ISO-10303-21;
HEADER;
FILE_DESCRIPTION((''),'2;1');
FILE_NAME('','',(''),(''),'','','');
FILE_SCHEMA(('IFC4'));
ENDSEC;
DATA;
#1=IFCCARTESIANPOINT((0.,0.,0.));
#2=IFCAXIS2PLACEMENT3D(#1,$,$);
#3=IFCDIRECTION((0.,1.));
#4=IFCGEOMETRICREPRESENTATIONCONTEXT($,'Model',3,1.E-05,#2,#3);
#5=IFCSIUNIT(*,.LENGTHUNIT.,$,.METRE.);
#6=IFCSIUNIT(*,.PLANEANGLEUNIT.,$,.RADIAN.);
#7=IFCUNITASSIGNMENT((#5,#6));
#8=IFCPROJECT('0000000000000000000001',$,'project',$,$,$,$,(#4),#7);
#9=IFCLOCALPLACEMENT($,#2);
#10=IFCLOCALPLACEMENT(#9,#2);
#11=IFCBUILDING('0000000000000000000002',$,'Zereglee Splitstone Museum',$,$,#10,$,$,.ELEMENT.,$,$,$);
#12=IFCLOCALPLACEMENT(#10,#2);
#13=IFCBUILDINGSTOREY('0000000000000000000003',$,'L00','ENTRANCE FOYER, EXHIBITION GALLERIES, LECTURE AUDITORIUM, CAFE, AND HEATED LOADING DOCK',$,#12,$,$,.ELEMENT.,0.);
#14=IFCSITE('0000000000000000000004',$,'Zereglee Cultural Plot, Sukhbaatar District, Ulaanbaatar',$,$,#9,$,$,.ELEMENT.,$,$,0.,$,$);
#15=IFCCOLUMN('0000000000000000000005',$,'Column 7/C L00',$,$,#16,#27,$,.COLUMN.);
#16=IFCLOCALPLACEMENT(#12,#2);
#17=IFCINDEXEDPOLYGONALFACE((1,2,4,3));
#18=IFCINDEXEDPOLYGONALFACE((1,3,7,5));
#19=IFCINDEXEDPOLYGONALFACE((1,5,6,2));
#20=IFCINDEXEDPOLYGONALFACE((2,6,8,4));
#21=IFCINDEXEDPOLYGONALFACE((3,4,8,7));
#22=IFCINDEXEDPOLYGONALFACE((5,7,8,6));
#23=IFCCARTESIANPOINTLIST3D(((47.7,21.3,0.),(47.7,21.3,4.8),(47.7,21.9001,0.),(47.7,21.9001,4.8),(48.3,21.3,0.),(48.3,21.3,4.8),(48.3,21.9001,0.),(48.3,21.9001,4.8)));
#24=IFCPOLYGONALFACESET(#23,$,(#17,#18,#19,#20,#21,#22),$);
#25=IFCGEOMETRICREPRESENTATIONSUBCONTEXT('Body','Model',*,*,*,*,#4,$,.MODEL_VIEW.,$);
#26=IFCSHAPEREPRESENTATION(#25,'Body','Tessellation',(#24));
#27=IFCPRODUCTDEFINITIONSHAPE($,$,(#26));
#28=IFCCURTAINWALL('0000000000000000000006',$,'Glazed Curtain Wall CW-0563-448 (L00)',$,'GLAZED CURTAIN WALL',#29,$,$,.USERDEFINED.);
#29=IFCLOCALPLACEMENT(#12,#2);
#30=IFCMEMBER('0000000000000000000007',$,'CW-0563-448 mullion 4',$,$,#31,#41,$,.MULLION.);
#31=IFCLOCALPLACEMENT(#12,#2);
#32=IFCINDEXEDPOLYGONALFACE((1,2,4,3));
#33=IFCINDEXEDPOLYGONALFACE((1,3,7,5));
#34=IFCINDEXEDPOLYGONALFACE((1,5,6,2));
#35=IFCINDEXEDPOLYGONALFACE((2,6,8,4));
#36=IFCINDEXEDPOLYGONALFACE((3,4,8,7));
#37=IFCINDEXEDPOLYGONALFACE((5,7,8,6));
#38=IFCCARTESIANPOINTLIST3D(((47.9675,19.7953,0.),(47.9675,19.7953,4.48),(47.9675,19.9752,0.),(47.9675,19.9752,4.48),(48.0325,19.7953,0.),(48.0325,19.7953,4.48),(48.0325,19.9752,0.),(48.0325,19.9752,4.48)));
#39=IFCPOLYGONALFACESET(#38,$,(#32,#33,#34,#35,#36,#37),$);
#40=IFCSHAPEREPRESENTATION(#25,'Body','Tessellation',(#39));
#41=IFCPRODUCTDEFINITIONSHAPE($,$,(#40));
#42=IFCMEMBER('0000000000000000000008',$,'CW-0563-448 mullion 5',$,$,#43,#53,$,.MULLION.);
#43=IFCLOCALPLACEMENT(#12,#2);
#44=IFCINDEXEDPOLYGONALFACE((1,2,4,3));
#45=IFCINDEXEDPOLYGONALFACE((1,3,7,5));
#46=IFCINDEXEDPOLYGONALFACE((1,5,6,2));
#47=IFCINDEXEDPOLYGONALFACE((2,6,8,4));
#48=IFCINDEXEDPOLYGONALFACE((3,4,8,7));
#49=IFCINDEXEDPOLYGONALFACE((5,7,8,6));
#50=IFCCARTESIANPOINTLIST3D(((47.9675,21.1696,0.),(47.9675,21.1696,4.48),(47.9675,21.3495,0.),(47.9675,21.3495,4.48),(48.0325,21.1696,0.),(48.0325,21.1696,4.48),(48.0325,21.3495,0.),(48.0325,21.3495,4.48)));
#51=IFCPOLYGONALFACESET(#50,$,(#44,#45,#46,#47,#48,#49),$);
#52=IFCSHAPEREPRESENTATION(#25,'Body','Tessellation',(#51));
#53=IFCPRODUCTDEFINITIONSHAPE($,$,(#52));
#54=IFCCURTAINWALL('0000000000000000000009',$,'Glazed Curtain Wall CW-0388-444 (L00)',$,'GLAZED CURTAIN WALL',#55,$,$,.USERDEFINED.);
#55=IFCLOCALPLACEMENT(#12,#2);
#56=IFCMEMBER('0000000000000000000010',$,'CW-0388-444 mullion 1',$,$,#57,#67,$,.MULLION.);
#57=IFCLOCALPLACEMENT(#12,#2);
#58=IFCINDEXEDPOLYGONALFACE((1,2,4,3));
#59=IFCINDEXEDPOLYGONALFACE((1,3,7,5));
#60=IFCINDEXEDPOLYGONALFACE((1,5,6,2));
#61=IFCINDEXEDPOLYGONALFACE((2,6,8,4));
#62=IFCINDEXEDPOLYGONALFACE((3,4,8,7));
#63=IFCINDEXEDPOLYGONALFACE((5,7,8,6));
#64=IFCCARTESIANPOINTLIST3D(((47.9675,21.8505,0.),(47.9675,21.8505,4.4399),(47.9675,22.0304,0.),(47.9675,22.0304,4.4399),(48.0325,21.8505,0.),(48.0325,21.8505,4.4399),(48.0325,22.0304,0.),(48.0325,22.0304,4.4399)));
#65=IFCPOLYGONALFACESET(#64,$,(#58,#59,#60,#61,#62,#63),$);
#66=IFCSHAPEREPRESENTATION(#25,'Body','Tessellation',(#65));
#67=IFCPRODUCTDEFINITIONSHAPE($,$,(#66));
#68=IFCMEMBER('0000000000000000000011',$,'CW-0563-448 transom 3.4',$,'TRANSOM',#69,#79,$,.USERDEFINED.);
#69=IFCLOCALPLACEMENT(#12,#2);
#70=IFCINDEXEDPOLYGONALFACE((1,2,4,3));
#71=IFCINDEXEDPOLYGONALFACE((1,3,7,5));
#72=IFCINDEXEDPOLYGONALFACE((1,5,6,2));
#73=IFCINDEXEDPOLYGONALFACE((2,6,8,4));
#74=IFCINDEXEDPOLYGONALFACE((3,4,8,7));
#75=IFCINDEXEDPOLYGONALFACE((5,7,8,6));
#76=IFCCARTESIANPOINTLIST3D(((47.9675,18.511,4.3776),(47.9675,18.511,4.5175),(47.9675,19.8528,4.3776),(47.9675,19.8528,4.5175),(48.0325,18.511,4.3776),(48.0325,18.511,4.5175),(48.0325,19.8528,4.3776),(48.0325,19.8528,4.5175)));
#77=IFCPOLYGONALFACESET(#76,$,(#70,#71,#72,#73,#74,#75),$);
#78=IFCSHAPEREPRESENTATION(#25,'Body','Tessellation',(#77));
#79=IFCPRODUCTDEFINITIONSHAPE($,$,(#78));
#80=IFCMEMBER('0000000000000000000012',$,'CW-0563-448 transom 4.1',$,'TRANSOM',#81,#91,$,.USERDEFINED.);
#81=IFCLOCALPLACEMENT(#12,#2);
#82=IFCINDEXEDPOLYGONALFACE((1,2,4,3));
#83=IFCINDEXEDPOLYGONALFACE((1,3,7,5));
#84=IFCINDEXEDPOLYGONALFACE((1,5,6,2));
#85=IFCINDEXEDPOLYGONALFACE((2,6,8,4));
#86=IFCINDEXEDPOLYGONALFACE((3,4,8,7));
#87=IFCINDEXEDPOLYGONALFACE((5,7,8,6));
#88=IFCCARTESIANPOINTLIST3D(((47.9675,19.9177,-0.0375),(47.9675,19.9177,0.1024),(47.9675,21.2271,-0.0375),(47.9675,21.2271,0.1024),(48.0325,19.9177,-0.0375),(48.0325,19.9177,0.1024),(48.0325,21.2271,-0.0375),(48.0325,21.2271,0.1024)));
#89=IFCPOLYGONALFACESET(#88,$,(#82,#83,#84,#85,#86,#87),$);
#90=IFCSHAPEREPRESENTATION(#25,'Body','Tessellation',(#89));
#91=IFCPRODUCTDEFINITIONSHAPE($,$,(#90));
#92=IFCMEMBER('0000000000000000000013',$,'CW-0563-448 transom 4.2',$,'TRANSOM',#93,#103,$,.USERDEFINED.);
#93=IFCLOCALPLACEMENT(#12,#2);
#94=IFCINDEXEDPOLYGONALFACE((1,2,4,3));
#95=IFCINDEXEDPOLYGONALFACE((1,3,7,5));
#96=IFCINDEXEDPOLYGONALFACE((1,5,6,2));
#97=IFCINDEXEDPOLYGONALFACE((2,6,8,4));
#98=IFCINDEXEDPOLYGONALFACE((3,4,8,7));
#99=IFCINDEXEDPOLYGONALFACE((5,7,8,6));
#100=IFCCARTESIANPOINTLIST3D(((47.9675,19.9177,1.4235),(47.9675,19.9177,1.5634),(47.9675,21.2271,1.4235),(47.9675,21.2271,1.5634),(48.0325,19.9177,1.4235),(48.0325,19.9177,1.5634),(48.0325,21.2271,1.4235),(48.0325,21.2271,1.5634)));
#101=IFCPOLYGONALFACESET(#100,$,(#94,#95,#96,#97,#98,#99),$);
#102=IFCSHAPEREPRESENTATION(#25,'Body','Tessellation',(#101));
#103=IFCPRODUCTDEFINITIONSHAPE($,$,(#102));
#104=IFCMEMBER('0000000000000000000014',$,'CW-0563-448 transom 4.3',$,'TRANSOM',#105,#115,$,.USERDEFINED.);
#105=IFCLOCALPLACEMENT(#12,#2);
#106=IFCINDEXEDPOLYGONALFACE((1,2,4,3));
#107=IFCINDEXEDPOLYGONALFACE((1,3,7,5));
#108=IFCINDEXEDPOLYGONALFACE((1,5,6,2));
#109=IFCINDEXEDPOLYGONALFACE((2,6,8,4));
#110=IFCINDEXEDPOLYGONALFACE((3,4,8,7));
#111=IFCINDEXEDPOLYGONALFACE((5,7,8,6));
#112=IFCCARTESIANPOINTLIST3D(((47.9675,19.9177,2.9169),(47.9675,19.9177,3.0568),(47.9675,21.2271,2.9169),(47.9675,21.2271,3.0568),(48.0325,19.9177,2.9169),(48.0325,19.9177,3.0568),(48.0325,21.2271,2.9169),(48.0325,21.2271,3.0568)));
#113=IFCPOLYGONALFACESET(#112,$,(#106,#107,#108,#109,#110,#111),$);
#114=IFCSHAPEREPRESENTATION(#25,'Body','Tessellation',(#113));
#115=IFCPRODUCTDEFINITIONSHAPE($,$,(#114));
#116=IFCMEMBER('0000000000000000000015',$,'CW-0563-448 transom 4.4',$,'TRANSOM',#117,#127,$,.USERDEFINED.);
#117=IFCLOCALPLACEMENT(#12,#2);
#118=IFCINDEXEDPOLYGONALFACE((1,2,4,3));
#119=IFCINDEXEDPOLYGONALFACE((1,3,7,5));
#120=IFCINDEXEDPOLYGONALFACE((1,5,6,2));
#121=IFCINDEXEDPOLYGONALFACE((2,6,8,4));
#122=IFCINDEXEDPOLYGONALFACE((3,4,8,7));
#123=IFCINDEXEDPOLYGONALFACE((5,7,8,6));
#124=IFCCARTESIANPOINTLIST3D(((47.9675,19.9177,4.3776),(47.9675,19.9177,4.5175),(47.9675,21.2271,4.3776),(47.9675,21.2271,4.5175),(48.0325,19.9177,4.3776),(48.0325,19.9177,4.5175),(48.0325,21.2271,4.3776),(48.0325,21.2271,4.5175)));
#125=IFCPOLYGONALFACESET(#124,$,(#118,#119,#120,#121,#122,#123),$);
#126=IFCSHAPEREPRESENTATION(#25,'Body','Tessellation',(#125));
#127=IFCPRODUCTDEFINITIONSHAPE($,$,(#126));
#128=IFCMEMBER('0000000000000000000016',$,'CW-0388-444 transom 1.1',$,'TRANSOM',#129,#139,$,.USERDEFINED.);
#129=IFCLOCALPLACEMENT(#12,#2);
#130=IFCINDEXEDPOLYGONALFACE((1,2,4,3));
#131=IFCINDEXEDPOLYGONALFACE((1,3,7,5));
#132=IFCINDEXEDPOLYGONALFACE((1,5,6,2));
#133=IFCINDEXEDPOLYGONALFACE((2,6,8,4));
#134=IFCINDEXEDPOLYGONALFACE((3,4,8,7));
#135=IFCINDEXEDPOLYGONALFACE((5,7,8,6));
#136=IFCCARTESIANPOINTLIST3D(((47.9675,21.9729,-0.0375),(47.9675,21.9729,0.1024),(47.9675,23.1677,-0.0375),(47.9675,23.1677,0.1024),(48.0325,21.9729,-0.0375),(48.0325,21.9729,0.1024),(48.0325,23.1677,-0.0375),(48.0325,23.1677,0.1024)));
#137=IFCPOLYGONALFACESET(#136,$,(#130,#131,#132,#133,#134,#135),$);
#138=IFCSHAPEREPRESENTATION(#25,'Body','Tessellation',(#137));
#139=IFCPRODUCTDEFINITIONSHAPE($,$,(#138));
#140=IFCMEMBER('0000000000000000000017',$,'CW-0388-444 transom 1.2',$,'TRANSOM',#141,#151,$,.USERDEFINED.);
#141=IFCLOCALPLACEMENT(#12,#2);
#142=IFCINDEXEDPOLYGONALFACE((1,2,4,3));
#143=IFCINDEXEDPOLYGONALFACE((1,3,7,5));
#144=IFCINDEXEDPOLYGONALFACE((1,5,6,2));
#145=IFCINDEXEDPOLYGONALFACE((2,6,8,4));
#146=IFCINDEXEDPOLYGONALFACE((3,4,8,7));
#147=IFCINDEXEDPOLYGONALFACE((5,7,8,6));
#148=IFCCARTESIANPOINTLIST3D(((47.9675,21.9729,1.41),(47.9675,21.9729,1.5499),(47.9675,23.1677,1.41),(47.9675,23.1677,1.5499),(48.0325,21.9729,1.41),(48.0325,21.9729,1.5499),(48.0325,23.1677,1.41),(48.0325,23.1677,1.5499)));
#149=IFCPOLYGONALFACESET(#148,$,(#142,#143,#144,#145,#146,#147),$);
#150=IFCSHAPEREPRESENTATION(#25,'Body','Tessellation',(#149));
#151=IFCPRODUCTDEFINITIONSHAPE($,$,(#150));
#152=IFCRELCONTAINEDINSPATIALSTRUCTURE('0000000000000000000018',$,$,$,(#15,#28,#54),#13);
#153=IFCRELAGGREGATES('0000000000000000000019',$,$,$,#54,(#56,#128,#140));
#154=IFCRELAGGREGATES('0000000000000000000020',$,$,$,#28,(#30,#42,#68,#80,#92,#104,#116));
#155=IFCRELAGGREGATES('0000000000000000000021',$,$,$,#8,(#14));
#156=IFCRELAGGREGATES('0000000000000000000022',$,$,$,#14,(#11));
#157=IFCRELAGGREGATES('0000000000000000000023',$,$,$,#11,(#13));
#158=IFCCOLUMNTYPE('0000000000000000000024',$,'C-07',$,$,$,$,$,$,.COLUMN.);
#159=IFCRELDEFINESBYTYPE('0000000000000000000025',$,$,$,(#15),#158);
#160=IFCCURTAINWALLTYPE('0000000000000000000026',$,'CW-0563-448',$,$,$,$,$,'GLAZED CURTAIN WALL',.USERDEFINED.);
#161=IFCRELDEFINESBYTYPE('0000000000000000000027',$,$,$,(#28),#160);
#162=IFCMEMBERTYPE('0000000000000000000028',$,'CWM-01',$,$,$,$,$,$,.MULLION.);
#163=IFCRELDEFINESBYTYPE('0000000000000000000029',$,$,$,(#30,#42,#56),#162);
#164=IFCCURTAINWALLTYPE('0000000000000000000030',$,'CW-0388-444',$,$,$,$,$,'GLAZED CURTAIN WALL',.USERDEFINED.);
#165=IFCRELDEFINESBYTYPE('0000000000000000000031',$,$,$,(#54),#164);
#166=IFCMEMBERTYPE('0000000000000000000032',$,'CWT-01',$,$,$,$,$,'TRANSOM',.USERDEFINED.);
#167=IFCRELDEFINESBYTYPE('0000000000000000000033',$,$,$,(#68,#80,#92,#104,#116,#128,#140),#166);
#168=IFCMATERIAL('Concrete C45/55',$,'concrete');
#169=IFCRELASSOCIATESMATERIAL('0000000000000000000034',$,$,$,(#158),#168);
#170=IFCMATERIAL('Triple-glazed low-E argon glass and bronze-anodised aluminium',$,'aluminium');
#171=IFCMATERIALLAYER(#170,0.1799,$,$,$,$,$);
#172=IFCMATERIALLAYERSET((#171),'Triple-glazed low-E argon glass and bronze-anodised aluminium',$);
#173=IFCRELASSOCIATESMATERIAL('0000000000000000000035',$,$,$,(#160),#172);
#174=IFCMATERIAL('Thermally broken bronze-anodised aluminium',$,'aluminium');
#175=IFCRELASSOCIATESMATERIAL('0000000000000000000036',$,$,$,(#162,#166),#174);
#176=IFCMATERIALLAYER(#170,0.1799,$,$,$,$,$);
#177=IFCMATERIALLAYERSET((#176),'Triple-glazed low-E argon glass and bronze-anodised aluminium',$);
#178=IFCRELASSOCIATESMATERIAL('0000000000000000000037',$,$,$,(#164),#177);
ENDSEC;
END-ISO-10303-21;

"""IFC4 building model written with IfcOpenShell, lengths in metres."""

from ifc_helpers import new_model, si_unit, direction, frame, origin, origin_2d, place, context, subcontext, project, spatial, rectangle, extrude, material, layer, layer_set, material_profile, profile_set, type_object, element, aggregate, save


model = new_model("IFC4")

# Units and contexts
model_context = context("Model", 3, precision=1e-05, world=origin(), true_north=direction((0.0, 1.0)))
body_context = subcontext(model_context, "Body", "Model", "MODEL_VIEW")
ifc_project = project(units=[si_unit("LENGTHUNIT", "METRE"), si_unit("PLANEANGLEUNIT", "RADIAN")], contexts=[model_context])

# Site, building, storey
site_placement = place(None, origin())
site = spatial("IfcSite", under=ifc_project, at=site_placement, Name="Zereglee Cultural Plot, Sukhbaatar District, Ulaanbaatar", CompositionType="ELEMENT", RefElevation=0.0)
building_placement = place(site_placement, origin())
building = spatial("IfcBuilding", under=site, at=building_placement, Name="Zereglee Splitstone Museum", CompositionType="ELEMENT")
storey_placement = place(building_placement, origin())
storey = spatial("IfcBuildingStorey", under=building, at=storey_placement, Name="L00", Description="ENTRANCE FOYER, EXHIBITION GALLERIES, LECTURE AUDITORIUM, CAFE, AND HEATED LOADING DOCK", CompositionType="ELEMENT", Elevation=0.0)

# Column
ifc_material_1 = material(Name="Concrete C45/55", Category="concrete")
ifc_material_profile_1 = material_profile(ifc_material_1, rectangle(XDim=0.6001, YDim=0.6001, at=origin_2d()), Name="RC 600x600")
ifc_profile_set_1 = profile_set([ifc_material_profile_1], Name="Concrete C45/55")
column_type = type_object("IfcColumnType", Name="C-07", PredefinedType="COLUMN", material=ifc_profile_set_1)
column_placement = place(storey_placement, frame((48.0, 21.6001, 0.0), z_axis=(0.0, 0.0, 1.0), x_axis=(1.0, 0.0, 0.0)))
element("IfcColumn", 1, at=column_placement, inside=storey, type_object=column_type, Name="Column 7/C L00", PredefinedType="COLUMN", context=body_context, shape_type="SweptSolid", body=[
    extrude(rectangle(XDim=0.6001, YDim=0.6001, at=origin_2d()), origin(), (0.0, 0.0, 1.0), 4.8),
])

# Curtain wall, members
ifc_material_2 = material(Name="Triple-glazed low-E argon glass and bronze-anodised aluminium", Category="aluminium")
ifc_layer_1 = layer(ifc_material_2, 0.1799)
ifc_layer_set_1 = layer_set([ifc_layer_1], Name="Triple-glazed low-E argon glass and bronze-anodised aluminium")
curtain_wall_type_1 = type_object("IfcCurtainWallType", Name="CW-0563-448", ElementType="GLAZED CURTAIN WALL", PredefinedType="USERDEFINED", material=ifc_layer_set_1)
curtain_wall_1_placement = place(storey_placement, origin())
curtain_wall_1 = element("IfcCurtainWall", 2, at=curtain_wall_1_placement, inside=storey, type_object=curtain_wall_type_1, Name="Glazed Curtain Wall CW-0563-448 (L00)", ObjectType="GLAZED CURTAIN WALL", PredefinedType="USERDEFINED")
ifc_material_3 = material(Name="Thermally broken bronze-anodised aluminium", Category="aluminium")
ifc_material_profile_2 = material_profile(ifc_material_3, rectangle(XDim=0.0649, YDim=0.1799, at=origin_2d()), Name="CW MULL 65x180")
ifc_profile_set_2 = profile_set([ifc_material_profile_2], Name="Thermally broken bronze-anodised aluminium")
member_type_1 = type_object("IfcMemberType", Name="CWM-01", PredefinedType="MULLION", material=ifc_profile_set_2)
member_1_placement = place(storey_placement, frame((48.0, 19.8853, 0.0), z_axis=(0.0, 0.0, 1.0), x_axis=(-1.0, 0.0, 0.0)))
member_1 = element("IfcMember", 3, at=member_1_placement, type_object=member_type_1, Name="CW-0563-448 mullion 4", PredefinedType="MULLION", context=body_context, shape_type="SweptSolid", body=[
    extrude(rectangle(XDim=0.0649, YDim=0.1799, at=origin_2d()), origin(), (0.0, 0.0, 1.0), 4.48),
])
member_2_placement = place(storey_placement, frame((48.0, 21.2595, 0.0), z_axis=(0.0, 0.0, 1.0), x_axis=(-1.0, 0.0, 0.0)))
member_2 = element("IfcMember", 4, at=member_2_placement, type_object=member_type_1, Name="CW-0563-448 mullion 5", PredefinedType="MULLION", context=body_context, shape_type="SweptSolid", body=[
    extrude(rectangle(XDim=0.0649, YDim=0.1799, at=origin_2d()), origin(), (0.0, 0.0, 1.0), 4.48),
])

# Curtain wall, member
ifc_layer_2 = layer(ifc_material_2, 0.1799)
ifc_layer_set_2 = layer_set([ifc_layer_2], Name="Triple-glazed low-E argon glass and bronze-anodised aluminium")
curtain_wall_type_2 = type_object("IfcCurtainWallType", Name="CW-0388-444", ElementType="GLAZED CURTAIN WALL", PredefinedType="USERDEFINED", material=ifc_layer_set_2)
curtain_wall_2_placement = place(storey_placement, origin())
curtain_wall_2 = element("IfcCurtainWall", 5, at=curtain_wall_2_placement, inside=storey, type_object=curtain_wall_type_2, Name="Glazed Curtain Wall CW-0388-444 (L00)", ObjectType="GLAZED CURTAIN WALL", PredefinedType="USERDEFINED")
member_3_placement = place(storey_placement, frame((48.0, 21.9404, 0.0), z_axis=(0.0, 0.0, 1.0), x_axis=(-1.0, 0.0, 0.0)))
member_3 = element("IfcMember", 6, at=member_3_placement, type_object=member_type_1, Name="CW-0388-444 mullion 1", PredefinedType="MULLION", context=body_context, shape_type="SweptSolid", body=[
    extrude(rectangle(XDim=0.0649, YDim=0.1799, at=origin_2d()), origin(), (0.0, 0.0, 1.0), 4.4399),
])

# Members
ifc_material_profile_3 = material_profile(ifc_material_3, rectangle(XDim=0.0649, YDim=0.1399, at=origin_2d()), Name="CW TRAN 65x140")
ifc_profile_set_3 = profile_set([ifc_material_profile_3], Name="Thermally broken bronze-anodised aluminium")
member_type_2 = type_object("IfcMemberType", Name="CWT-01", ElementType="TRANSOM", PredefinedType="USERDEFINED", material=ifc_profile_set_3)
member_4_placement = place(storey_placement, frame((48.0, 18.511, 4.4475), z_axis=(0.0, 1.0, 0.0), x_axis=(-1.0, 0.0, 0.0)))
member_4 = element("IfcMember", 7, at=member_4_placement, type_object=member_type_2, Name="CW-0563-448 transom 3.4", ObjectType="TRANSOM", PredefinedType="USERDEFINED", context=body_context, shape_type="SweptSolid", body=[
    extrude(rectangle(XDim=0.0649, YDim=0.1399, at=origin_2d()), origin(), (0.0, 0.0, 1.0), 1.3418),
])
member_5_placement = place(storey_placement, frame((48.0, 19.9177, 0.0325), z_axis=(0.0, 1.0, 0.0), x_axis=(-1.0, 0.0, 0.0)))
member_5 = element("IfcMember", 8, at=member_5_placement, type_object=member_type_2, Name="CW-0563-448 transom 4.1", ObjectType="TRANSOM", PredefinedType="USERDEFINED", context=body_context, shape_type="SweptSolid", body=[
    extrude(rectangle(XDim=0.0649, YDim=0.1399, at=origin_2d()), origin(), (0.0, 0.0, 1.0), 1.3093),
])
member_6_placement = place(storey_placement, frame((48.0, 19.9177, 1.4934), z_axis=(0.0, 1.0, 0.0), x_axis=(-1.0, 0.0, 0.0)))
member_6 = element("IfcMember", 9, at=member_6_placement, type_object=member_type_2, Name="CW-0563-448 transom 4.2", ObjectType="TRANSOM", PredefinedType="USERDEFINED", context=body_context, shape_type="SweptSolid", body=[
    extrude(rectangle(XDim=0.0649, YDim=0.1399, at=origin_2d()), origin(), (0.0, 0.0, 1.0), 1.3093),
])
member_7_placement = place(storey_placement, frame((48.0, 19.9177, 2.9868), z_axis=(0.0, 1.0, 0.0), x_axis=(-1.0, 0.0, 0.0)))
member_7 = element("IfcMember", 10, at=member_7_placement, type_object=member_type_2, Name="CW-0563-448 transom 4.3", ObjectType="TRANSOM", PredefinedType="USERDEFINED", context=body_context, shape_type="SweptSolid", body=[
    extrude(rectangle(XDim=0.0649, YDim=0.1399, at=origin_2d()), origin(), (0.0, 0.0, 1.0), 1.3093),
])
member_8_placement = place(storey_placement, frame((48.0, 19.9177, 4.4475), z_axis=(0.0, 1.0, 0.0), x_axis=(-1.0, 0.0, 0.0)))
member_8 = element("IfcMember", 11, at=member_8_placement, type_object=member_type_2, Name="CW-0563-448 transom 4.4", ObjectType="TRANSOM", PredefinedType="USERDEFINED", context=body_context, shape_type="SweptSolid", body=[
    extrude(rectangle(XDim=0.0649, YDim=0.1399, at=origin_2d()), origin(), (0.0, 0.0, 1.0), 1.3093),
])
member_9_placement = place(storey_placement, frame((48.0, 21.9729, 0.0325), z_axis=(0.0, 1.0, 0.0), x_axis=(-1.0, 0.0, 0.0)))
member_9 = element("IfcMember", 12, at=member_9_placement, type_object=member_type_2, Name="CW-0388-444 transom 1.1", ObjectType="TRANSOM", PredefinedType="USERDEFINED", context=body_context, shape_type="SweptSolid", body=[
    extrude(rectangle(XDim=0.0649, YDim=0.1399, at=origin_2d()), origin(), (0.0, 0.0, 1.0), 1.1948),
])
member_10_placement = place(storey_placement, frame((48.0, 21.9729, 1.48), z_axis=(0.0, 1.0, 0.0), x_axis=(-1.0, 0.0, 0.0)))
member_10 = element("IfcMember", 13, at=member_10_placement, type_object=member_type_2, Name="CW-0388-444 transom 1.2", ObjectType="TRANSOM", PredefinedType="USERDEFINED", context=body_context, shape_type="SweptSolid", body=[
    extrude(rectangle(XDim=0.0649, YDim=0.1399, at=origin_2d()), origin(), (0.0, 0.0, 1.0), 1.1948),
])
aggregate(curtain_wall_2, [member_3, member_9, member_10])

aggregate(curtain_wall_1, [member_1, member_2, member_4, member_5, member_6, member_7, member_8])

save(model, "model.ifc")
